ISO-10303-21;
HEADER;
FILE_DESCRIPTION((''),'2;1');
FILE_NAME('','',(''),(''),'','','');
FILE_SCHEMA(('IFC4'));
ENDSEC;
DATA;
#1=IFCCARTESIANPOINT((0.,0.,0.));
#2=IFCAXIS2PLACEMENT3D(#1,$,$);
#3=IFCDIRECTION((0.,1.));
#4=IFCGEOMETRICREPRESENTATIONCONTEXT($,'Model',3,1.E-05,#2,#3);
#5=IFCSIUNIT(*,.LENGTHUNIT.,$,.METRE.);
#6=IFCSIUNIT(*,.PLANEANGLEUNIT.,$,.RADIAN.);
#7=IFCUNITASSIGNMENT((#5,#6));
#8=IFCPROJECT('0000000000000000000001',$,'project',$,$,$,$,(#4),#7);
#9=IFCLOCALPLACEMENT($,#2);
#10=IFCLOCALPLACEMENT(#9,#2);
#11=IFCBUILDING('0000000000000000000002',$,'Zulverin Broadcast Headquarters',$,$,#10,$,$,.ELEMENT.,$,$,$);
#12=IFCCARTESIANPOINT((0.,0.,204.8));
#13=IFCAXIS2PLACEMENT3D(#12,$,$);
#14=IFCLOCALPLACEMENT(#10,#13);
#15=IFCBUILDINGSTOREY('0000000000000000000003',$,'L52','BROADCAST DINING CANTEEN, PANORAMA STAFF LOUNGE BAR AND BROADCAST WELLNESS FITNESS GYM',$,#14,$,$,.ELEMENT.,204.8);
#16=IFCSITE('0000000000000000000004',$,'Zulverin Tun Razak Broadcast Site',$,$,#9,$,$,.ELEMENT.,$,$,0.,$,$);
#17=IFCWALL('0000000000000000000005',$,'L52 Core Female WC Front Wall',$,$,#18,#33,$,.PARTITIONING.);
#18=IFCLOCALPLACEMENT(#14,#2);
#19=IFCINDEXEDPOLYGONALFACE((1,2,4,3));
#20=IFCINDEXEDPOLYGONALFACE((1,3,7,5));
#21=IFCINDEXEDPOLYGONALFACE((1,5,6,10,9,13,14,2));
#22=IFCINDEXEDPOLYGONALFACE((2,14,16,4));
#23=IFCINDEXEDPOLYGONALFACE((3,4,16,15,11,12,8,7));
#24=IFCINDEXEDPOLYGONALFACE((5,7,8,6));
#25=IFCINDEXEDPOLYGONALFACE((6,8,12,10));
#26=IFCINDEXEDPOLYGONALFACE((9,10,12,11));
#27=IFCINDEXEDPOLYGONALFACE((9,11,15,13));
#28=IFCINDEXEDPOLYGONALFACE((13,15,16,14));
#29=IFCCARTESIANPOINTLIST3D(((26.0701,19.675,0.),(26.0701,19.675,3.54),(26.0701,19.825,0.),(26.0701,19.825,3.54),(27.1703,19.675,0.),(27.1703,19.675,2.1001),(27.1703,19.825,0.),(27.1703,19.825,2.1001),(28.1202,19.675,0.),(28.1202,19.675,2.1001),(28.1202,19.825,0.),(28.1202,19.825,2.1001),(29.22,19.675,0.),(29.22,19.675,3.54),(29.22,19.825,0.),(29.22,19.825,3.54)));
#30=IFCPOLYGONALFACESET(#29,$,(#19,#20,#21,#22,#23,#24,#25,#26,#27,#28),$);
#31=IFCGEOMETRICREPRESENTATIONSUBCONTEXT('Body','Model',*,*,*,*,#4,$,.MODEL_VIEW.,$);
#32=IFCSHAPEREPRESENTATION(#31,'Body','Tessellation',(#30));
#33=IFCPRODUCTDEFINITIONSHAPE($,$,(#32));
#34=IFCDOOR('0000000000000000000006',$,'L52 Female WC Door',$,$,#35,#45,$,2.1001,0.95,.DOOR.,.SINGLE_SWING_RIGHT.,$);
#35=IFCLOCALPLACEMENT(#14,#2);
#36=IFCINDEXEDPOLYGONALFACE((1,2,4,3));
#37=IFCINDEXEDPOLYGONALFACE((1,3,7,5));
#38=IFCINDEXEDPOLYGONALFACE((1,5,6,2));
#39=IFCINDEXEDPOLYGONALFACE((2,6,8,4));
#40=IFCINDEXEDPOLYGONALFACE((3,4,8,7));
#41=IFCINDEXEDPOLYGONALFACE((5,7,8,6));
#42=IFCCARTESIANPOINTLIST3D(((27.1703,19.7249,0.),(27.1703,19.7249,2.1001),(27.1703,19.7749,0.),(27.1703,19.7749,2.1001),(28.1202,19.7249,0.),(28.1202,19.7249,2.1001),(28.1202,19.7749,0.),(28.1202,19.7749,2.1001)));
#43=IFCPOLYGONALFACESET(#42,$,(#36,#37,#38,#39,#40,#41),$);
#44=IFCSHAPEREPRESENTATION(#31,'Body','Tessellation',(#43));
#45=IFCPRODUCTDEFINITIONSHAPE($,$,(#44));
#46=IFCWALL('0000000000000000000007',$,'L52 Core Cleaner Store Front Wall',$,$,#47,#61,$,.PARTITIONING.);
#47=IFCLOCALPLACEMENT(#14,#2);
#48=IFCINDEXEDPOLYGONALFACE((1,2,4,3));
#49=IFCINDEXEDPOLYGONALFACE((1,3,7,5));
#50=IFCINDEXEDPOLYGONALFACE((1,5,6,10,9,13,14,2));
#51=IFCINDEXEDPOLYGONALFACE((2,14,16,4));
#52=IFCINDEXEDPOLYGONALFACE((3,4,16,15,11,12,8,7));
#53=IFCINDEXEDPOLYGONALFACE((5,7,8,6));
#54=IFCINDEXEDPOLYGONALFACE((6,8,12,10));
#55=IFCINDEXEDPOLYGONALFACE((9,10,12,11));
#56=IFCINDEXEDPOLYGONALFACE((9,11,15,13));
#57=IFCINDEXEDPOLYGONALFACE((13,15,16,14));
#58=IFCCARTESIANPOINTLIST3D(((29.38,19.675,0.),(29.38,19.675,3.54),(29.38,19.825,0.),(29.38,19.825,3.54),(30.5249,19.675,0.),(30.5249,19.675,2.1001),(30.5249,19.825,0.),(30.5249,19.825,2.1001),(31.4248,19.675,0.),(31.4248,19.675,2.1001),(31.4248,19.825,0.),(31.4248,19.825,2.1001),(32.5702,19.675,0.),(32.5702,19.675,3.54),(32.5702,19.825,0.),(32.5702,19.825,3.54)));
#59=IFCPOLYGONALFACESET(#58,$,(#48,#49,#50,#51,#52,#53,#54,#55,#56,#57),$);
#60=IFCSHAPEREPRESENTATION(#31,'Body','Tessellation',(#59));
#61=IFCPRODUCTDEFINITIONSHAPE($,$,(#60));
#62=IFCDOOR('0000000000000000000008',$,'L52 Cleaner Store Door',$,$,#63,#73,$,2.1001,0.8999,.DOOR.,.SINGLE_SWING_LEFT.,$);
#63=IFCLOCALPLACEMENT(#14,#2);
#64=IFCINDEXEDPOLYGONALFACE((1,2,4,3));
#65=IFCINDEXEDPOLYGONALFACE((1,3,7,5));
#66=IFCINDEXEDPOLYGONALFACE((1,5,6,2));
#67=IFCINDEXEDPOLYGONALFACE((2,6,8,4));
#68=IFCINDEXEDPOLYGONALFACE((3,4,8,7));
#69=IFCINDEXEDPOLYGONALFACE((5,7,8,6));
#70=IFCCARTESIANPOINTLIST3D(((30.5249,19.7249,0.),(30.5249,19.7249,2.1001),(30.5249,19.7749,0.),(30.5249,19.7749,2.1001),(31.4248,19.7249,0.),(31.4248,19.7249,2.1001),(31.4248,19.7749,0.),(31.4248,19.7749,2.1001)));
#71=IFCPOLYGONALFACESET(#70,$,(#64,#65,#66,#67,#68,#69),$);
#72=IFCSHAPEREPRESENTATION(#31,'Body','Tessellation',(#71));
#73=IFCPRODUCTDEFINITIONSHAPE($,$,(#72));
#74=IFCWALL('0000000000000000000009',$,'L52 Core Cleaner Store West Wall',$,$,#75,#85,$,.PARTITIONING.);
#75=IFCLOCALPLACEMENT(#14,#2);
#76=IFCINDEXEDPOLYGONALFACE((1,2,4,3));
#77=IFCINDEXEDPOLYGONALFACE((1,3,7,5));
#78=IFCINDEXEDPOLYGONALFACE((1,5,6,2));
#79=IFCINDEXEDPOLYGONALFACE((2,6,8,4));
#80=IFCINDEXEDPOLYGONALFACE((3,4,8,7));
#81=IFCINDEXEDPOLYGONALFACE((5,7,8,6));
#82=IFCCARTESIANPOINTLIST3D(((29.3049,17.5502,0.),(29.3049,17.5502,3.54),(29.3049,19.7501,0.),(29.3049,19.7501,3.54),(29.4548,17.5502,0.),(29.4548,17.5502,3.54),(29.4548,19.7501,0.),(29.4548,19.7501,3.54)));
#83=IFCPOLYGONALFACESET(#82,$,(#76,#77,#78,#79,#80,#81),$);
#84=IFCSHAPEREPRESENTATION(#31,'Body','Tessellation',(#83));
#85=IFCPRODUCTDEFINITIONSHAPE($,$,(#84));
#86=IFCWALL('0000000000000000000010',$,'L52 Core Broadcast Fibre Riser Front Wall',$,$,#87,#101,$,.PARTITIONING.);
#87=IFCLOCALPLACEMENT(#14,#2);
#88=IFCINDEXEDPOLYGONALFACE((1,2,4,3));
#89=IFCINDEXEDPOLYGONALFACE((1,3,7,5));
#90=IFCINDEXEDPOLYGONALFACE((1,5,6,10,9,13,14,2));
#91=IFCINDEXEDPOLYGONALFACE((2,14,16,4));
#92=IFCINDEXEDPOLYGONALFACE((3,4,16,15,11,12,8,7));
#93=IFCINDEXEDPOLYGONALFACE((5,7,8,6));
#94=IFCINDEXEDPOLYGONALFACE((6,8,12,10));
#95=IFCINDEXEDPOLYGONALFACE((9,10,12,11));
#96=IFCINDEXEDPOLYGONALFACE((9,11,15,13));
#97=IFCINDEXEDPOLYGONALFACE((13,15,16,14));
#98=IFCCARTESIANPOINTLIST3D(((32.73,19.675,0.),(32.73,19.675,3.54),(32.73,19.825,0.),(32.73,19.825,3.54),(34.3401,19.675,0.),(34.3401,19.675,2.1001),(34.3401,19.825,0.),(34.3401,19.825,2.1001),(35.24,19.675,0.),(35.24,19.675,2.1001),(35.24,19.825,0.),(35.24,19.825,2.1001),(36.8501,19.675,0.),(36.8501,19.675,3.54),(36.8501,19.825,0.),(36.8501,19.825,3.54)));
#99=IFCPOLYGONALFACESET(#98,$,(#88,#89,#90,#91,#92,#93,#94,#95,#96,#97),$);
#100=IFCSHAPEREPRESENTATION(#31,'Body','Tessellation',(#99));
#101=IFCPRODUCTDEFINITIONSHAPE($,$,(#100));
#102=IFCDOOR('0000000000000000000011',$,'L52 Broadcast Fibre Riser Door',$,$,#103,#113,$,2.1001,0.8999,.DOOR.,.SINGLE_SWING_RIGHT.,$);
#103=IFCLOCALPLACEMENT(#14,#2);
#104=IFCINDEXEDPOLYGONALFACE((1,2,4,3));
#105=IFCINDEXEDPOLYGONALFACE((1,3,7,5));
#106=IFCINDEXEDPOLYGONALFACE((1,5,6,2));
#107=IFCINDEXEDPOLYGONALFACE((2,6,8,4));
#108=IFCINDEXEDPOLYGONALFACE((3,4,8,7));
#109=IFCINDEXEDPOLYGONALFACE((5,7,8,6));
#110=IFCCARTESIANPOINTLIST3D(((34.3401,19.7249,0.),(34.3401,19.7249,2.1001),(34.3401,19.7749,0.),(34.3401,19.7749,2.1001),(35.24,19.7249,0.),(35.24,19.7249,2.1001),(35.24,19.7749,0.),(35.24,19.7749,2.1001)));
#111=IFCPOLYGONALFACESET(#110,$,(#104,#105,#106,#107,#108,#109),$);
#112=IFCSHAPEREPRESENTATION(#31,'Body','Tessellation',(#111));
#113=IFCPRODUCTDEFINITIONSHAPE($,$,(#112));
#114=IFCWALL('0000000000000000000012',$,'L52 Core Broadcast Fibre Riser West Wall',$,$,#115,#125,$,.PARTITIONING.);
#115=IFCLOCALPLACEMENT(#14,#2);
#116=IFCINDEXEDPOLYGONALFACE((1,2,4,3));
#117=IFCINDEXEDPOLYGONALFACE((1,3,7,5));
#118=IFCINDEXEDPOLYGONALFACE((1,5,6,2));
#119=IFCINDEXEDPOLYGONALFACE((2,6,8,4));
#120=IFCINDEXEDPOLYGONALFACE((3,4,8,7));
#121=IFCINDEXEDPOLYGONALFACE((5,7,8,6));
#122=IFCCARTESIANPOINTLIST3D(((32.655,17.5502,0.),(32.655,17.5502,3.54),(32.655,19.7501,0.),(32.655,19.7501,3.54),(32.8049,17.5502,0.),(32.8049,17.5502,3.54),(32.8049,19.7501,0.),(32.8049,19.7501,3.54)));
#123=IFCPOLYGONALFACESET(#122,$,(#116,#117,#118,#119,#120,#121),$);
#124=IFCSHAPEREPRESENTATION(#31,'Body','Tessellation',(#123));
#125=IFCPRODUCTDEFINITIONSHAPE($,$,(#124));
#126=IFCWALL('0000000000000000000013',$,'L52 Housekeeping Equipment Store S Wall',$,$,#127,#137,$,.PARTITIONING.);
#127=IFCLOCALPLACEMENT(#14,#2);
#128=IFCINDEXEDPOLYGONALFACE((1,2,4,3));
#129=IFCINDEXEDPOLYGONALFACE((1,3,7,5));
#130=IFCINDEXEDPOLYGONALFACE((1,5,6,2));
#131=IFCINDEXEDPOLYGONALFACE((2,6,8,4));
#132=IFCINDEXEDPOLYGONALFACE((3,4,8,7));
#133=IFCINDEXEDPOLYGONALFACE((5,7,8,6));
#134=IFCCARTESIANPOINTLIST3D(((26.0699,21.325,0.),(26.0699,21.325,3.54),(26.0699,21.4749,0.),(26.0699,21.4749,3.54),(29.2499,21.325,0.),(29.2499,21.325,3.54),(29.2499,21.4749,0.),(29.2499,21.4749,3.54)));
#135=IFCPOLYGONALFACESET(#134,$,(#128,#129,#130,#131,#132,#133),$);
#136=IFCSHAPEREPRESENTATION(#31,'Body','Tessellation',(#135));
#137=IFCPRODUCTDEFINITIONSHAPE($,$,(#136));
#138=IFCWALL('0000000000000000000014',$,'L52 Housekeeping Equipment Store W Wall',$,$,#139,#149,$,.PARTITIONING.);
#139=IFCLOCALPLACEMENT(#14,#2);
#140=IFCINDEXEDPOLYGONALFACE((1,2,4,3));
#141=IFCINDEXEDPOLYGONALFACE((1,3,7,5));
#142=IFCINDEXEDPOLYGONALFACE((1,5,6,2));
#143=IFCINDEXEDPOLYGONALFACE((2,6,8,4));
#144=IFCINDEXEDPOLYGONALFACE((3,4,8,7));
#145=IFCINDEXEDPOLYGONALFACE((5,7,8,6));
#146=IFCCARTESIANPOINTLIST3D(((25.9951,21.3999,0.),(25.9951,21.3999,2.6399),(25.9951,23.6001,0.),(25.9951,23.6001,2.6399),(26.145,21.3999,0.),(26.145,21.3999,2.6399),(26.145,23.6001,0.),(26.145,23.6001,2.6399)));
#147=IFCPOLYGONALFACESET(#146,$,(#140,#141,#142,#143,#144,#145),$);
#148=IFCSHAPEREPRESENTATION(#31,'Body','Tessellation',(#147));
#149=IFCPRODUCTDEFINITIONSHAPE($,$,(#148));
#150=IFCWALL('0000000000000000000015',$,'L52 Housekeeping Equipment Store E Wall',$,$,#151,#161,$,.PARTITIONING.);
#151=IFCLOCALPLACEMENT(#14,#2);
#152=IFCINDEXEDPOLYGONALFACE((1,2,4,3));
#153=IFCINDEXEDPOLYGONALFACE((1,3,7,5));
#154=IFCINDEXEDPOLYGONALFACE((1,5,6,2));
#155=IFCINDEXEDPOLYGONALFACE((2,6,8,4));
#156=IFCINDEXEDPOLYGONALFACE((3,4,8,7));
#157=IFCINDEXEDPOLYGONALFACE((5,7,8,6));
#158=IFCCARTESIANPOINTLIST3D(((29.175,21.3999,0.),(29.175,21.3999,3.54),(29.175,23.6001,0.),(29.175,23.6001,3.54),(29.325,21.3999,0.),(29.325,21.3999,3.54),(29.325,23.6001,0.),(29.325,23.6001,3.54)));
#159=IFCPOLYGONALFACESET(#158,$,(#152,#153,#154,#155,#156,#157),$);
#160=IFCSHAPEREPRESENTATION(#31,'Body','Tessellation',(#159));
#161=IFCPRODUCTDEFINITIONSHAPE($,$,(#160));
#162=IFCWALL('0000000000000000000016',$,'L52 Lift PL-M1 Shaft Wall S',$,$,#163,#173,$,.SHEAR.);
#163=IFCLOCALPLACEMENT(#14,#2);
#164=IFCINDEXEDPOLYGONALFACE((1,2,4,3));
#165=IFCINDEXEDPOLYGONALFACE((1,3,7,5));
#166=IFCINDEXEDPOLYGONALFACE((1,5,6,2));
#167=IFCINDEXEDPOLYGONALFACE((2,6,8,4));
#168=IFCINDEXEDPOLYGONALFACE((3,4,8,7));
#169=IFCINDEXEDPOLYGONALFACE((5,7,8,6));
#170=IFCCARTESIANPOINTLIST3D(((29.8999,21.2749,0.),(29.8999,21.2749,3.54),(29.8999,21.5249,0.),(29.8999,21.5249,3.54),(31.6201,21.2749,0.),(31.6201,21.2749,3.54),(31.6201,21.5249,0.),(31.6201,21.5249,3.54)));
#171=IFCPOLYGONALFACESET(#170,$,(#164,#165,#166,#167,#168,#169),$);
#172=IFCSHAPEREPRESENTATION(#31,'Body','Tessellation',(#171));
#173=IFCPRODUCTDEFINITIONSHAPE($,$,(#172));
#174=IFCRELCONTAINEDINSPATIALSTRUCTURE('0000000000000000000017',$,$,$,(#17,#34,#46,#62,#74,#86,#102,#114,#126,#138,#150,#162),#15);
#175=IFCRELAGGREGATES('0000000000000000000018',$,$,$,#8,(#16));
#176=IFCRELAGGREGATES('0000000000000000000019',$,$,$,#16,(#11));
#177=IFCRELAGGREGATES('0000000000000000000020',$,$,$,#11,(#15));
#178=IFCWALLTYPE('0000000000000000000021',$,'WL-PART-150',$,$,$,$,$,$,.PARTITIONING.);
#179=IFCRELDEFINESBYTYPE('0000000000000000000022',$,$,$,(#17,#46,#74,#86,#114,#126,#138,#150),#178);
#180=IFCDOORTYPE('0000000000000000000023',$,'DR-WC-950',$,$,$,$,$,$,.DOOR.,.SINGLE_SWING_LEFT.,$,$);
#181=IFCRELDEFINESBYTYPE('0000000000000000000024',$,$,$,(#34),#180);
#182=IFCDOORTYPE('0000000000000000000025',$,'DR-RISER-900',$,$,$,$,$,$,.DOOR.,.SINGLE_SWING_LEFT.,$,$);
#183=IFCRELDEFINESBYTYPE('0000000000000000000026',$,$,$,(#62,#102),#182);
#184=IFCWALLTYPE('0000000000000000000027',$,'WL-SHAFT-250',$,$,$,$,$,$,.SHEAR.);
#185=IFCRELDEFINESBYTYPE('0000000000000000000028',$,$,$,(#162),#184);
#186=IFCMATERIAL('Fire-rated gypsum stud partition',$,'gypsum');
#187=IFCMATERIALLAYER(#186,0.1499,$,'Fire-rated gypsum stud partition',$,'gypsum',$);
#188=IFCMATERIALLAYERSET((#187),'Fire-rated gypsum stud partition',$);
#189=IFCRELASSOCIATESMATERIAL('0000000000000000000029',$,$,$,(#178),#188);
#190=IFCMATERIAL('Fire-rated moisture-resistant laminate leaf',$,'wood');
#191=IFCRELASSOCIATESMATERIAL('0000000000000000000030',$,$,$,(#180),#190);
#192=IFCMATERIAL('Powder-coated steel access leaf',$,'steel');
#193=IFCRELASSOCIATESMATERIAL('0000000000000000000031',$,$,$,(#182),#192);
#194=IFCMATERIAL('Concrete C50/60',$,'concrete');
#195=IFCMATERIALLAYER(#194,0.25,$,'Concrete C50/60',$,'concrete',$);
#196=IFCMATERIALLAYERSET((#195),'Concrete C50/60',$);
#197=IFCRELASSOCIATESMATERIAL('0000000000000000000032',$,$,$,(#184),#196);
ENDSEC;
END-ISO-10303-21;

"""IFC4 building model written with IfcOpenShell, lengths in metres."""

from ifc_helpers import new_model, si_unit, direction, frame, frame_2d, origin, place, context, subcontext, project, spatial, rectangle, extrude, material, layer, layer_set, type_object, element, fill, save


model = new_model("IFC4")

# Units and contexts
model_context = context("Model", 3, precision=1e-05, world=origin(), true_north=direction((0.0, 1.0)))
body_context = subcontext(model_context, "Body", "Model", "MODEL_VIEW")
ifc_project = project(units=[si_unit("LENGTHUNIT", "METRE"), si_unit("PLANEANGLEUNIT", "RADIAN")], contexts=[model_context])

# Site, building, storey
site_placement = place(None, origin())
site = spatial("IfcSite", under=ifc_project, at=site_placement, Name="Zulverin Tun Razak Broadcast Site", CompositionType="ELEMENT", RefElevation=0.0)
building_placement = place(site_placement, origin())
building = spatial("IfcBuilding", under=site, at=building_placement, Name="Zulverin Broadcast Headquarters", CompositionType="ELEMENT")
storey_placement = place(building_placement, frame((0.0, 0.0, 204.8)))
storey = spatial("IfcBuildingStorey", under=building, at=storey_placement, Name="L52", Description="BROADCAST DINING CANTEEN, PANORAMA STAFF LOUNGE BAR AND BROADCAST WELLNESS FITNESS GYM", CompositionType="ELEMENT", Elevation=204.8)

# Walls, openings, doors
ifc_material_1 = material(Name="Fire-rated gypsum stud partition", Category="gypsum")
ifc_layer_1 = layer(ifc_material_1, 0.1499, Name="Fire-rated gypsum stud partition", Category="gypsum")
ifc_layer_set_1 = layer_set([ifc_layer_1], Name="Fire-rated gypsum stud partition")
wall_type_1 = type_object("IfcWallType", Name="WL-PART-150", PredefinedType="PARTITIONING", material=ifc_layer_set_1)
wall_1_placement = place(storey_placement, frame((26.0701, 19.75, 0.0), z_axis=(0.0, 0.0, 1.0), x_axis=(1.0, 0.0, 0.0)))
wall_1 = element("IfcWall", 1, at=wall_1_placement, inside=storey, type_object=wall_type_1, Name="L52 Core Female WC Front Wall", PredefinedType="PARTITIONING", context=body_context, shape_type="SweptSolid", body=[
    extrude(rectangle(XDim=3.1499, YDim=0.1499, at=frame_2d((1.575, 0.0))), origin(), (0.0, 0.0, 1.0), 3.54),
])
opening_1_placement = place(wall_1_placement, frame((1.1001, 0.0, 0.0)))
opening_1 = element("IfcOpeningElement", 2, at=opening_1_placement, cuts=wall_1, PredefinedType="OPENING", context=body_context, shape_type="SweptSolid", body=[
    extrude(rectangle(XDim=0.95, YDim=2.1001, at=frame_2d((0.4751, 1.05))), frame((0.0, 0.085, 0.0), z_axis=(0.0, -1.0, 0.0), x_axis=(1.0, 0.0, 0.0)), (0.0, 0.0, 1.0), 0.1699),
])
ifc_material_2 = material(Name="Fire-rated moisture-resistant laminate leaf", Category="wood")
door_type_1 = type_object("IfcDoorType", Name="DR-WC-950", OperationType="SINGLE_SWING_LEFT", PredefinedType="DOOR", material=ifc_material_2)
door_1_placement = place(opening_1_placement, origin())
door_1 = element("IfcDoor", 3, at=door_1_placement, inside=storey, type_object=door_type_1, Name="L52 Female WC Door", OperationType="SINGLE_SWING_RIGHT", OverallHeight=2.1001, OverallWidth=0.95, PredefinedType="DOOR", context=body_context, shape_type="SweptSolid", body=[
    extrude(rectangle(XDim=0.95, YDim=2.1001, at=frame_2d((0.4751, 1.05))), frame((0.0, 0.0249, 0.0), z_axis=(0.0, -1.0, 0.0), x_axis=(1.0, 0.0, 0.0)), (0.0, 0.0, 1.0), 0.05),
])
fill(opening_1, door_1)
wall_2_placement = place(storey_placement, frame((29.3799, 19.75, 0.0), z_axis=(0.0, 0.0, 1.0), x_axis=(1.0, 0.0, 0.0)))
wall_2 = element("IfcWall", 4, at=wall_2_placement, inside=storey, type_object=wall_type_1, Name="L52 Core Cleaner Store Front Wall", PredefinedType="PARTITIONING", context=body_context, shape_type="SweptSolid", body=[
    extrude(rectangle(XDim=3.1902, YDim=0.1499, at=frame_2d((1.5952, 0.0))), origin(), (0.0, 0.0, 1.0), 3.54),
])
opening_2_placement = place(wall_2_placement, frame((1.145, 0.0, 0.0)))
opening_2 = element("IfcOpeningElement", 5, at=opening_2_placement, cuts=wall_2, PredefinedType="OPENING", context=body_context, shape_type="SweptSolid", body=[
    extrude(rectangle(XDim=0.8999, YDim=2.1001, at=frame_2d((0.45, 1.05))), frame((0.0, 0.085, 0.0), z_axis=(0.0, -1.0, 0.0), x_axis=(1.0, 0.0, 0.0)), (0.0, 0.0, 1.0), 0.1699),
])
ifc_material_3 = material(Name="Powder-coated steel access leaf", Category="steel")
door_type_2 = type_object("IfcDoorType", Name="DR-RISER-900", OperationType="SINGLE_SWING_LEFT", PredefinedType="DOOR", material=ifc_material_3)
door_2_placement = place(opening_2_placement, origin())
door_2 = element("IfcDoor", 6, at=door_2_placement, inside=storey, type_object=door_type_2, Name="L52 Cleaner Store Door", OperationType="SINGLE_SWING_LEFT", OverallHeight=2.1001, OverallWidth=0.8999, PredefinedType="DOOR", context=body_context, shape_type="SweptSolid", body=[
    extrude(rectangle(XDim=0.8999, YDim=2.1001, at=frame_2d((0.45, 1.05))), frame((0.0, 0.0249, 0.0), z_axis=(0.0, -1.0, 0.0), x_axis=(1.0, 0.0, 0.0)), (0.0, 0.0, 1.0), 0.05),
])
fill(opening_2, door_2)

# Wall
wall_3_placement = place(storey_placement, frame((29.3799, 17.55, 0.0), z_axis=(0.0, 0.0, 1.0), x_axis=(0.0, 1.0, 0.0)))
element("IfcWall", 7, at=wall_3_placement, inside=storey, type_object=wall_type_1, Name="L52 Core Cleaner Store West Wall", PredefinedType="PARTITIONING", context=body_context, shape_type="SweptSolid", body=[
    extrude(rectangle(XDim=2.2, YDim=0.1499, at=frame_2d((1.1001, 0.0))), origin(), (0.0, 0.0, 1.0), 3.54),
])

# Wall, opening, door
wall_4_placement = place(storey_placement, frame((32.73, 19.75, 0.0), z_axis=(0.0, 0.0, 1.0), x_axis=(1.0, 0.0, 0.0)))
wall_4 = element("IfcWall", 8, at=wall_4_placement, inside=storey, type_object=wall_type_1, Name="L52 Core Broadcast Fibre Riser Front Wall", PredefinedType="PARTITIONING", context=body_context, shape_type="SweptSolid", body=[
    extrude(rectangle(XDim=4.1201, YDim=0.1499, at=frame_2d((2.0601, 0.0))), origin(), (0.0, 0.0, 1.0), 3.54),
])
opening_3_placement = place(wall_4_placement, frame((1.6101, 0.0, 0.0)))
opening_3 = element("IfcOpeningElement", 9, at=opening_3_placement, cuts=wall_4, PredefinedType="OPENING", context=body_context, shape_type="SweptSolid", body=[
    extrude(rectangle(XDim=0.8999, YDim=2.1001, at=frame_2d((0.45, 1.05))), frame((0.0, 0.085, 0.0), z_axis=(0.0, -1.0, 0.0), x_axis=(1.0, 0.0, 0.0)), (0.0, 0.0, 1.0), 0.1699),
])
door_3_placement = place(opening_3_placement, origin())
door_3 = element("IfcDoor", 10, at=door_3_placement, inside=storey, type_object=door_type_2, Name="L52 Broadcast Fibre Riser Door", OperationType="SINGLE_SWING_RIGHT", OverallHeight=2.1001, OverallWidth=0.8999, PredefinedType="DOOR", context=body_context, shape_type="SweptSolid", body=[
    extrude(rectangle(XDim=0.8999, YDim=2.1001, at=frame_2d((0.45, 1.05))), frame((0.0, 0.0249, 0.0), z_axis=(0.0, -1.0, 0.0), x_axis=(1.0, 0.0, 0.0)), (0.0, 0.0, 1.0), 0.05),
])
fill(opening_3, door_3)

# Walls
wall_5_placement = place(storey_placement, frame((32.73, 17.55, 0.0), z_axis=(0.0, 0.0, 1.0), x_axis=(0.0, 1.0, 0.0)))
element("IfcWall", 11, at=wall_5_placement, inside=storey, type_object=wall_type_1, Name="L52 Core Broadcast Fibre Riser West Wall", PredefinedType="PARTITIONING", context=body_context, shape_type="SweptSolid", body=[
    extrude(rectangle(XDim=2.2, YDim=0.1499, at=frame_2d((1.1001, 0.0))), origin(), (0.0, 0.0, 1.0), 3.54),
])
wall_6_placement = place(storey_placement, frame((26.0701, 21.3999, 0.0), z_axis=(0.0, 0.0, 1.0), x_axis=(1.0, 0.0, 0.0)))
element("IfcWall", 12, at=wall_6_placement, inside=storey, type_object=wall_type_1, Name="L52 Housekeeping Equipment Store S Wall", PredefinedType="PARTITIONING", context=body_context, shape_type="SweptSolid", body=[
    extrude(rectangle(XDim=3.1799, YDim=0.1499, at=frame_2d((1.5898, 0.0))), origin(), (0.0, 0.0, 1.0), 3.54),
])
wall_7_placement = place(storey_placement, frame((26.0701, 21.3999, 0.0), z_axis=(0.0, 0.0, 1.0), x_axis=(0.0, 1.0, 0.0)))
element("IfcWall", 13, at=wall_7_placement, inside=storey, type_object=wall_type_1, Name="L52 Housekeeping Equipment Store W Wall", PredefinedType="PARTITIONING", context=body_context, shape_type="SweptSolid", body=[
    extrude(rectangle(XDim=2.2002, YDim=0.1499, at=frame_2d((1.1001, 0.0))), origin(), (0.0, 0.0, 1.0), 2.6399),
])
wall_8_placement = place(storey_placement, frame((29.25, 21.3999, 0.0), z_axis=(0.0, 0.0, 1.0), x_axis=(0.0, 1.0, 0.0)))
element("IfcWall", 14, at=wall_8_placement, inside=storey, type_object=wall_type_1, Name="L52 Housekeeping Equipment Store E Wall", PredefinedType="PARTITIONING", context=body_context, shape_type="SweptSolid", body=[
    extrude(rectangle(XDim=2.2002, YDim=0.1499, at=frame_2d((1.1001, 0.0))), origin(), (0.0, 0.0, 1.0), 3.54),
])
ifc_material_4 = material(Name="Concrete C50/60", Category="concrete")
ifc_layer_2 = layer(ifc_material_4, 0.25, Name="Concrete C50/60", Category="concrete")
ifc_layer_set_2 = layer_set([ifc_layer_2], Name="Concrete C50/60")
wall_type_2 = type_object("IfcWallType", Name="WL-SHAFT-250", PredefinedType="SHEAR", material=ifc_layer_set_2)
wall_9_placement = place(storey_placement, frame((29.8999, 21.3999, 0.0), z_axis=(0.0, 0.0, 1.0), x_axis=(1.0, 0.0, 0.0)))
element("IfcWall", 15, at=wall_9_placement, inside=storey, type_object=wall_type_2, Name="L52 Lift PL-M1 Shaft Wall S", PredefinedType="SHEAR", context=body_context, shape_type="SweptSolid", body=[
    extrude(rectangle(XDim=1.7202, YDim=0.25, at=frame_2d((0.8601, 0.0))), origin(), (0.0, 0.0, 1.0), 3.54),
])

save(model, "model.ifc")
